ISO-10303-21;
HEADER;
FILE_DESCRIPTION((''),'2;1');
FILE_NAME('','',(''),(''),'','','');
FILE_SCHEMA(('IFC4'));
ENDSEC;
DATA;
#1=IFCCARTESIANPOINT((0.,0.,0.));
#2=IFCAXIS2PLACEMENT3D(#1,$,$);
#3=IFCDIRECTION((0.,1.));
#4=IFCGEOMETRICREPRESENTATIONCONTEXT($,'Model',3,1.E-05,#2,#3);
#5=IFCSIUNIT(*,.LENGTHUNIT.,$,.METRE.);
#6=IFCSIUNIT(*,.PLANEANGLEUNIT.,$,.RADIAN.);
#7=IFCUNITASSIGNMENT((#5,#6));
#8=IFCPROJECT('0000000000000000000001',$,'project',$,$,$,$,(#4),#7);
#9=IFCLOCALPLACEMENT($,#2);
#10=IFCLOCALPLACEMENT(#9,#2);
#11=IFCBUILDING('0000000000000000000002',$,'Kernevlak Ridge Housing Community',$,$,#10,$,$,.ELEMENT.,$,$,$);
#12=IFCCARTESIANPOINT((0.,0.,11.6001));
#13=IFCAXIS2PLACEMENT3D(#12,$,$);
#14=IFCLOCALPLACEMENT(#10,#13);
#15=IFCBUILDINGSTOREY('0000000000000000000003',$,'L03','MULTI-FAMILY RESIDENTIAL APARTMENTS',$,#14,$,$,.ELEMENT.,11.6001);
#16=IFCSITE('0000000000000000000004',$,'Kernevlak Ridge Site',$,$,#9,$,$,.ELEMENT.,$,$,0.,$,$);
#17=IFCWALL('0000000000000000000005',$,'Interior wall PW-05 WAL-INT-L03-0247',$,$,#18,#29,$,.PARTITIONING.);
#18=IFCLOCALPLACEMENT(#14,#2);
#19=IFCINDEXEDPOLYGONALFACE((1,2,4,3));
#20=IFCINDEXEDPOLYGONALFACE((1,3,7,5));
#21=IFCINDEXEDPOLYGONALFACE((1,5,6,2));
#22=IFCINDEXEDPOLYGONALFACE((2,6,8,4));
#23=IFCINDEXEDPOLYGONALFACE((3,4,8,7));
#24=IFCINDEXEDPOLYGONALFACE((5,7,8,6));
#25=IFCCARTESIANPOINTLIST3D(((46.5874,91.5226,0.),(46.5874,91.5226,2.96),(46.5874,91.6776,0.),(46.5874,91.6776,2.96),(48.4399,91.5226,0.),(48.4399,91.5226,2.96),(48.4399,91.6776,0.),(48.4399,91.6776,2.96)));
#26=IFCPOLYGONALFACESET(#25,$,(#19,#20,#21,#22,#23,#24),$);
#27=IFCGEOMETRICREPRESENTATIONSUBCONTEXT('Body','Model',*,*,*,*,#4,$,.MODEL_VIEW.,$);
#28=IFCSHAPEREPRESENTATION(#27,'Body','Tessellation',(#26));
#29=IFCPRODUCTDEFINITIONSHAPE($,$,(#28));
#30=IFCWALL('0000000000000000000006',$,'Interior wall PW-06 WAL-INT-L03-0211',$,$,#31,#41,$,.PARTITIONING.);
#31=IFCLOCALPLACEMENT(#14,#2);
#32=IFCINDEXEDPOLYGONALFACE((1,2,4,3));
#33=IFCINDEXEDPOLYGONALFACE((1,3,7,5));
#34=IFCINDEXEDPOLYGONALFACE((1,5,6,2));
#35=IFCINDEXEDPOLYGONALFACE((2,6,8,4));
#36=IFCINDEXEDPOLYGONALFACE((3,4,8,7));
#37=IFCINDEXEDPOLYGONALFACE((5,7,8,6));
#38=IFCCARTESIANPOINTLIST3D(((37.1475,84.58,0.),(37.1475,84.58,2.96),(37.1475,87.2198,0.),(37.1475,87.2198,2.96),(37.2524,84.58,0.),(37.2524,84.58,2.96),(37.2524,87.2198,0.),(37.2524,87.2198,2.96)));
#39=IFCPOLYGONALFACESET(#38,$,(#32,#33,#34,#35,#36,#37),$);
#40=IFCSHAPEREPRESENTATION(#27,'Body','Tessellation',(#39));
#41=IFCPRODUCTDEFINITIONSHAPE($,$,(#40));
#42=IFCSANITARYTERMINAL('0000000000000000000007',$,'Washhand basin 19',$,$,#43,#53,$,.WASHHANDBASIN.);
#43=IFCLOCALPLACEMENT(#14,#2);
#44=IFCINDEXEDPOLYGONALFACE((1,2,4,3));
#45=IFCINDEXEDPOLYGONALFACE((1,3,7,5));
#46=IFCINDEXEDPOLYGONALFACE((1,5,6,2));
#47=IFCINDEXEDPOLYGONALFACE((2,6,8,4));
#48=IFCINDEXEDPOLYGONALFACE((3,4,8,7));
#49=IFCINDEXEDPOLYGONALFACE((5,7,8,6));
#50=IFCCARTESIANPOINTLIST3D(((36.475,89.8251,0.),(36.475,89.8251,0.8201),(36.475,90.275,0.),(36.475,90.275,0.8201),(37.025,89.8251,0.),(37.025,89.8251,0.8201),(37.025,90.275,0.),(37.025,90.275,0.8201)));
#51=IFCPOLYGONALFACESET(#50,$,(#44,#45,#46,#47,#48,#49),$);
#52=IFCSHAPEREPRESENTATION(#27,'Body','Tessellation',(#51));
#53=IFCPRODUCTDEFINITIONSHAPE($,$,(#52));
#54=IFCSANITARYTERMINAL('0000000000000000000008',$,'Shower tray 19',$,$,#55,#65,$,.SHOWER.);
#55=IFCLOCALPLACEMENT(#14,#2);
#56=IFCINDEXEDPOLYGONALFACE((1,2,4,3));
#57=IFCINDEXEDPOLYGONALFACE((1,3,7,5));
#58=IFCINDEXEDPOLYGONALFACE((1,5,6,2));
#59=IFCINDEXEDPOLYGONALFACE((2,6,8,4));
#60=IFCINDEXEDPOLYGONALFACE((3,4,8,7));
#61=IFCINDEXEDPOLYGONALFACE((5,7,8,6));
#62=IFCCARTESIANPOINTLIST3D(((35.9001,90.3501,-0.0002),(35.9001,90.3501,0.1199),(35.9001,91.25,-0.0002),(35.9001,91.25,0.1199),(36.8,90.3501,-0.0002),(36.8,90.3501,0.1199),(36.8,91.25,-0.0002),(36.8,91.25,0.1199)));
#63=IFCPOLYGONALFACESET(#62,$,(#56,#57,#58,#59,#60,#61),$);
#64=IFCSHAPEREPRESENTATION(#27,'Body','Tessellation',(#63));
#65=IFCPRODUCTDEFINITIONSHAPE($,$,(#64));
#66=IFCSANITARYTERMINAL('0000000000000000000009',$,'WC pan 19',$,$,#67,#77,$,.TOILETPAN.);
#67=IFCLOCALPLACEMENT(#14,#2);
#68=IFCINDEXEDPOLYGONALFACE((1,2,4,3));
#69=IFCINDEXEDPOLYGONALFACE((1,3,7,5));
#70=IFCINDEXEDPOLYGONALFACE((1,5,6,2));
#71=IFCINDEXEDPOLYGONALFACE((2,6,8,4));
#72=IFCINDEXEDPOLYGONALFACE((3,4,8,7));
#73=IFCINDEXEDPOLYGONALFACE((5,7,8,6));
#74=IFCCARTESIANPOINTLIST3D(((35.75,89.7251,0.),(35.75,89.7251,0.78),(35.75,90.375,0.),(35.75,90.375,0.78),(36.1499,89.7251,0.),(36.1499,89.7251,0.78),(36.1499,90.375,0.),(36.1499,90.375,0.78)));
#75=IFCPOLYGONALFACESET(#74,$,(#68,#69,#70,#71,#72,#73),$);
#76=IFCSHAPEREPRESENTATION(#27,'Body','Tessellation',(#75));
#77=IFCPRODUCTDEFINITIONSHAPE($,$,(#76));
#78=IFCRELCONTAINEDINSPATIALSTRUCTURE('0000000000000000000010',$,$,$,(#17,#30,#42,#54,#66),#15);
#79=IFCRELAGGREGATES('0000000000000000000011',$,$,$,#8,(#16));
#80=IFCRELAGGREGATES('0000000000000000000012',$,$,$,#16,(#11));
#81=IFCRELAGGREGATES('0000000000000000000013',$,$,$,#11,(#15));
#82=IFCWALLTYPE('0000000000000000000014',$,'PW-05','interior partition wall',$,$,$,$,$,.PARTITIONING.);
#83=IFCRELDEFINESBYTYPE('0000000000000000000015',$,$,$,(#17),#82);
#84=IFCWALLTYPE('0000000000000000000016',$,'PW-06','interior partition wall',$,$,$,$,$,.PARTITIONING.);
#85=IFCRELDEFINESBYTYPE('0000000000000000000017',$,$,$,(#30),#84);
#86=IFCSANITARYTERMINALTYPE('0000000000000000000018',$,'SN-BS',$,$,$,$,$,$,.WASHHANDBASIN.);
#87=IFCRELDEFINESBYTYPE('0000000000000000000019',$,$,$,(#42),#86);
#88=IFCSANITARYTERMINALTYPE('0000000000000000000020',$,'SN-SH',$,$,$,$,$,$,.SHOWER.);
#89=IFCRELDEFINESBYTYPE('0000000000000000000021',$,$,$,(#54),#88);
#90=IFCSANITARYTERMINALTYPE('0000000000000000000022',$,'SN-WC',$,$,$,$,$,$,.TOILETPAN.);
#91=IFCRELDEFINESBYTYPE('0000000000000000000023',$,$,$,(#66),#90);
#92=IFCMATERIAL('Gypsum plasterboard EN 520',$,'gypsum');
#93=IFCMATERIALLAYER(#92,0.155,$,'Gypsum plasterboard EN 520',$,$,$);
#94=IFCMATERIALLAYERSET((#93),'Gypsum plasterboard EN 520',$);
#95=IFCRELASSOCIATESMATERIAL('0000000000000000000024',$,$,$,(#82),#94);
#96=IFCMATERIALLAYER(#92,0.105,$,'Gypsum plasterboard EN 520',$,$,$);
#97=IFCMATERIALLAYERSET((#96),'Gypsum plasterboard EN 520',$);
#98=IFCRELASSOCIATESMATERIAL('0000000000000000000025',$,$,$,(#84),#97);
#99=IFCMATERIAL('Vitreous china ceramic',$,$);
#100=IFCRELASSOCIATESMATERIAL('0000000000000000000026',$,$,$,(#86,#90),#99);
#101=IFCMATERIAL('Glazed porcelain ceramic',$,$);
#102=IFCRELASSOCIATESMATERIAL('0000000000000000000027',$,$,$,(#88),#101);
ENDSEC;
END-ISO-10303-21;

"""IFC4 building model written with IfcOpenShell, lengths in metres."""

from ifc_helpers import new_model, si_unit, direction, frame, frame_2d, origin, origin_2d, place, context, subcontext, project, spatial, rectangle, extrude, material, layer, layer_set, type_object, element, save


model = new_model("IFC4")

# Units and contexts
model_context = context("Model", 3, precision=1e-05, world=origin(), true_north=direction((0.0, 1.0)))
body_context = subcontext(model_context, "Body", "Model", "MODEL_VIEW")
ifc_project = project(units=[si_unit("LENGTHUNIT", "METRE"), si_unit("PLANEANGLEUNIT", "RADIAN")], contexts=[model_context])

# Site, building, storey
site_placement = place(None, origin())
site = spatial("IfcSite", under=ifc_project, at=site_placement, Name="Kernevlak Ridge Site", CompositionType="ELEMENT", RefElevation=0.0)
building_placement = place(site_placement, origin())
building = spatial("IfcBuilding", under=site, at=building_placement, Name="Kernevlak Ridge Housing Community", CompositionType="ELEMENT")
storey_placement = place(building_placement, frame((0.0, 0.0, 11.6001)))
storey = spatial("IfcBuildingStorey", under=building, at=storey_placement, Name="L03", Description="MULTI-FAMILY RESIDENTIAL APARTMENTS", CompositionType="ELEMENT", Elevation=11.6001)

# Shared definitions
ifc_material_1 = material(Name="Gypsum plasterboard EN 520", Category="gypsum")
ifc_layer_1 = layer(ifc_material_1, 0.155, Name="Gypsum plasterboard EN 520")
ifc_layer_set_1 = layer_set([ifc_layer_1], Name="Gypsum plasterboard EN 520")
wall_type_1 = type_object("IfcWallType", Name="PW-05", Description="interior partition wall", PredefinedType="PARTITIONING", material=ifc_layer_set_1)

# Walls
wall_1_placement = place(storey_placement, frame((46.5874, 91.6001, 0.0), z_axis=(0.0, 0.0, 1.0), x_axis=(1.0, 0.0, 0.0)))
element("IfcWall", 1, at=wall_1_placement, inside=storey, type_object=wall_type_1, Name="Interior wall PW-05 WAL-INT-L03-0247", PredefinedType="PARTITIONING", context=body_context, shape_type="SweptSolid", body=[
    extrude(rectangle(XDim=1.8525, YDim=0.155, at=frame_2d((0.9263, 0.0))), origin(), (0.0, 0.0, 1.0), 2.96),
])
ifc_layer_2 = layer(ifc_material_1, 0.105, Name="Gypsum plasterboard EN 520")
ifc_layer_set_2 = layer_set([ifc_layer_2], Name="Gypsum plasterboard EN 520")
wall_type_2 = type_object("IfcWallType", Name="PW-06", Description="interior partition wall", PredefinedType="PARTITIONING", material=ifc_layer_set_2)
wall_2_placement = place(storey_placement, frame((37.2, 84.5801, 0.0), z_axis=(0.0, 0.0, 1.0), x_axis=(0.0, 1.0, 0.0)))
element("IfcWall", 2, at=wall_2_placement, inside=storey, type_object=wall_type_2, Name="Interior wall PW-06 WAL-INT-L03-0211", PredefinedType="PARTITIONING", context=body_context, shape_type="SweptSolid", body=[
    extrude(rectangle(XDim=2.6399, YDim=0.105, at=frame_2d((1.3198, 0.0))), origin(), (0.0, 0.0, 1.0), 2.96),
])

# Sanitary terminals
ifc_material_2 = material(Name="Vitreous china ceramic")
sanitary_terminal_type_1 = type_object("IfcSanitaryTerminalType", Name="SN-BS", PredefinedType="WASHHANDBASIN", material=ifc_material_2)
sanitary_terminal_1_placement = place(storey_placement, frame((36.75, 90.05, 0.0), z_axis=(0.0, 0.0, 1.0), x_axis=(1.0, 0.0, 0.0)))
element("IfcSanitaryTerminal", 3, at=sanitary_terminal_1_placement, inside=storey, type_object=sanitary_terminal_type_1, Name="Washhand basin 19", PredefinedType="WASHHANDBASIN", context=body_context, shape_type="SweptSolid", body=[
    extrude(rectangle(XDim=0.55, YDim=0.45, at=origin_2d()), origin(), (0.0, 0.0, 1.0), 0.8201),
])
ifc_material_3 = material(Name="Glazed porcelain ceramic")
sanitary_terminal_type_2 = type_object("IfcSanitaryTerminalType", Name="SN-SH", PredefinedType="SHOWER", material=ifc_material_3)
sanitary_terminal_2_placement = place(storey_placement, frame((36.3501, 90.8, -0.0002), z_axis=(0.0, 0.0, 1.0), x_axis=(1.0, 0.0, 0.0)))
element("IfcSanitaryTerminal", 4, at=sanitary_terminal_2_placement, inside=storey, type_object=sanitary_terminal_type_2, Name="Shower tray 19", PredefinedType="SHOWER", context=body_context, shape_type="SweptSolid", body=[
    extrude(rectangle(XDim=0.8999, YDim=0.8999, at=origin_2d()), origin(), (0.0, 0.0, 1.0), 0.1201),
])
sanitary_terminal_type_3 = type_object("IfcSanitaryTerminalType", Name="SN-WC", PredefinedType="TOILETPAN", material=ifc_material_2)
sanitary_terminal_3_placement = place(storey_placement, frame((35.95, 90.05, 0.0), z_axis=(0.0, 0.0, 1.0), x_axis=(1.0, 0.0, 0.0)))
element("IfcSanitaryTerminal", 5, at=sanitary_terminal_3_placement, inside=storey, type_object=sanitary_terminal_type_3, Name="WC pan 19", PredefinedType="TOILETPAN", context=body_context, shape_type="SweptSolid", body=[
    extrude(rectangle(XDim=0.3999, YDim=0.6499, at=origin_2d()), origin(), (0.0, 0.0, 1.0), 0.78),
])

save(model, "model.ifc")
